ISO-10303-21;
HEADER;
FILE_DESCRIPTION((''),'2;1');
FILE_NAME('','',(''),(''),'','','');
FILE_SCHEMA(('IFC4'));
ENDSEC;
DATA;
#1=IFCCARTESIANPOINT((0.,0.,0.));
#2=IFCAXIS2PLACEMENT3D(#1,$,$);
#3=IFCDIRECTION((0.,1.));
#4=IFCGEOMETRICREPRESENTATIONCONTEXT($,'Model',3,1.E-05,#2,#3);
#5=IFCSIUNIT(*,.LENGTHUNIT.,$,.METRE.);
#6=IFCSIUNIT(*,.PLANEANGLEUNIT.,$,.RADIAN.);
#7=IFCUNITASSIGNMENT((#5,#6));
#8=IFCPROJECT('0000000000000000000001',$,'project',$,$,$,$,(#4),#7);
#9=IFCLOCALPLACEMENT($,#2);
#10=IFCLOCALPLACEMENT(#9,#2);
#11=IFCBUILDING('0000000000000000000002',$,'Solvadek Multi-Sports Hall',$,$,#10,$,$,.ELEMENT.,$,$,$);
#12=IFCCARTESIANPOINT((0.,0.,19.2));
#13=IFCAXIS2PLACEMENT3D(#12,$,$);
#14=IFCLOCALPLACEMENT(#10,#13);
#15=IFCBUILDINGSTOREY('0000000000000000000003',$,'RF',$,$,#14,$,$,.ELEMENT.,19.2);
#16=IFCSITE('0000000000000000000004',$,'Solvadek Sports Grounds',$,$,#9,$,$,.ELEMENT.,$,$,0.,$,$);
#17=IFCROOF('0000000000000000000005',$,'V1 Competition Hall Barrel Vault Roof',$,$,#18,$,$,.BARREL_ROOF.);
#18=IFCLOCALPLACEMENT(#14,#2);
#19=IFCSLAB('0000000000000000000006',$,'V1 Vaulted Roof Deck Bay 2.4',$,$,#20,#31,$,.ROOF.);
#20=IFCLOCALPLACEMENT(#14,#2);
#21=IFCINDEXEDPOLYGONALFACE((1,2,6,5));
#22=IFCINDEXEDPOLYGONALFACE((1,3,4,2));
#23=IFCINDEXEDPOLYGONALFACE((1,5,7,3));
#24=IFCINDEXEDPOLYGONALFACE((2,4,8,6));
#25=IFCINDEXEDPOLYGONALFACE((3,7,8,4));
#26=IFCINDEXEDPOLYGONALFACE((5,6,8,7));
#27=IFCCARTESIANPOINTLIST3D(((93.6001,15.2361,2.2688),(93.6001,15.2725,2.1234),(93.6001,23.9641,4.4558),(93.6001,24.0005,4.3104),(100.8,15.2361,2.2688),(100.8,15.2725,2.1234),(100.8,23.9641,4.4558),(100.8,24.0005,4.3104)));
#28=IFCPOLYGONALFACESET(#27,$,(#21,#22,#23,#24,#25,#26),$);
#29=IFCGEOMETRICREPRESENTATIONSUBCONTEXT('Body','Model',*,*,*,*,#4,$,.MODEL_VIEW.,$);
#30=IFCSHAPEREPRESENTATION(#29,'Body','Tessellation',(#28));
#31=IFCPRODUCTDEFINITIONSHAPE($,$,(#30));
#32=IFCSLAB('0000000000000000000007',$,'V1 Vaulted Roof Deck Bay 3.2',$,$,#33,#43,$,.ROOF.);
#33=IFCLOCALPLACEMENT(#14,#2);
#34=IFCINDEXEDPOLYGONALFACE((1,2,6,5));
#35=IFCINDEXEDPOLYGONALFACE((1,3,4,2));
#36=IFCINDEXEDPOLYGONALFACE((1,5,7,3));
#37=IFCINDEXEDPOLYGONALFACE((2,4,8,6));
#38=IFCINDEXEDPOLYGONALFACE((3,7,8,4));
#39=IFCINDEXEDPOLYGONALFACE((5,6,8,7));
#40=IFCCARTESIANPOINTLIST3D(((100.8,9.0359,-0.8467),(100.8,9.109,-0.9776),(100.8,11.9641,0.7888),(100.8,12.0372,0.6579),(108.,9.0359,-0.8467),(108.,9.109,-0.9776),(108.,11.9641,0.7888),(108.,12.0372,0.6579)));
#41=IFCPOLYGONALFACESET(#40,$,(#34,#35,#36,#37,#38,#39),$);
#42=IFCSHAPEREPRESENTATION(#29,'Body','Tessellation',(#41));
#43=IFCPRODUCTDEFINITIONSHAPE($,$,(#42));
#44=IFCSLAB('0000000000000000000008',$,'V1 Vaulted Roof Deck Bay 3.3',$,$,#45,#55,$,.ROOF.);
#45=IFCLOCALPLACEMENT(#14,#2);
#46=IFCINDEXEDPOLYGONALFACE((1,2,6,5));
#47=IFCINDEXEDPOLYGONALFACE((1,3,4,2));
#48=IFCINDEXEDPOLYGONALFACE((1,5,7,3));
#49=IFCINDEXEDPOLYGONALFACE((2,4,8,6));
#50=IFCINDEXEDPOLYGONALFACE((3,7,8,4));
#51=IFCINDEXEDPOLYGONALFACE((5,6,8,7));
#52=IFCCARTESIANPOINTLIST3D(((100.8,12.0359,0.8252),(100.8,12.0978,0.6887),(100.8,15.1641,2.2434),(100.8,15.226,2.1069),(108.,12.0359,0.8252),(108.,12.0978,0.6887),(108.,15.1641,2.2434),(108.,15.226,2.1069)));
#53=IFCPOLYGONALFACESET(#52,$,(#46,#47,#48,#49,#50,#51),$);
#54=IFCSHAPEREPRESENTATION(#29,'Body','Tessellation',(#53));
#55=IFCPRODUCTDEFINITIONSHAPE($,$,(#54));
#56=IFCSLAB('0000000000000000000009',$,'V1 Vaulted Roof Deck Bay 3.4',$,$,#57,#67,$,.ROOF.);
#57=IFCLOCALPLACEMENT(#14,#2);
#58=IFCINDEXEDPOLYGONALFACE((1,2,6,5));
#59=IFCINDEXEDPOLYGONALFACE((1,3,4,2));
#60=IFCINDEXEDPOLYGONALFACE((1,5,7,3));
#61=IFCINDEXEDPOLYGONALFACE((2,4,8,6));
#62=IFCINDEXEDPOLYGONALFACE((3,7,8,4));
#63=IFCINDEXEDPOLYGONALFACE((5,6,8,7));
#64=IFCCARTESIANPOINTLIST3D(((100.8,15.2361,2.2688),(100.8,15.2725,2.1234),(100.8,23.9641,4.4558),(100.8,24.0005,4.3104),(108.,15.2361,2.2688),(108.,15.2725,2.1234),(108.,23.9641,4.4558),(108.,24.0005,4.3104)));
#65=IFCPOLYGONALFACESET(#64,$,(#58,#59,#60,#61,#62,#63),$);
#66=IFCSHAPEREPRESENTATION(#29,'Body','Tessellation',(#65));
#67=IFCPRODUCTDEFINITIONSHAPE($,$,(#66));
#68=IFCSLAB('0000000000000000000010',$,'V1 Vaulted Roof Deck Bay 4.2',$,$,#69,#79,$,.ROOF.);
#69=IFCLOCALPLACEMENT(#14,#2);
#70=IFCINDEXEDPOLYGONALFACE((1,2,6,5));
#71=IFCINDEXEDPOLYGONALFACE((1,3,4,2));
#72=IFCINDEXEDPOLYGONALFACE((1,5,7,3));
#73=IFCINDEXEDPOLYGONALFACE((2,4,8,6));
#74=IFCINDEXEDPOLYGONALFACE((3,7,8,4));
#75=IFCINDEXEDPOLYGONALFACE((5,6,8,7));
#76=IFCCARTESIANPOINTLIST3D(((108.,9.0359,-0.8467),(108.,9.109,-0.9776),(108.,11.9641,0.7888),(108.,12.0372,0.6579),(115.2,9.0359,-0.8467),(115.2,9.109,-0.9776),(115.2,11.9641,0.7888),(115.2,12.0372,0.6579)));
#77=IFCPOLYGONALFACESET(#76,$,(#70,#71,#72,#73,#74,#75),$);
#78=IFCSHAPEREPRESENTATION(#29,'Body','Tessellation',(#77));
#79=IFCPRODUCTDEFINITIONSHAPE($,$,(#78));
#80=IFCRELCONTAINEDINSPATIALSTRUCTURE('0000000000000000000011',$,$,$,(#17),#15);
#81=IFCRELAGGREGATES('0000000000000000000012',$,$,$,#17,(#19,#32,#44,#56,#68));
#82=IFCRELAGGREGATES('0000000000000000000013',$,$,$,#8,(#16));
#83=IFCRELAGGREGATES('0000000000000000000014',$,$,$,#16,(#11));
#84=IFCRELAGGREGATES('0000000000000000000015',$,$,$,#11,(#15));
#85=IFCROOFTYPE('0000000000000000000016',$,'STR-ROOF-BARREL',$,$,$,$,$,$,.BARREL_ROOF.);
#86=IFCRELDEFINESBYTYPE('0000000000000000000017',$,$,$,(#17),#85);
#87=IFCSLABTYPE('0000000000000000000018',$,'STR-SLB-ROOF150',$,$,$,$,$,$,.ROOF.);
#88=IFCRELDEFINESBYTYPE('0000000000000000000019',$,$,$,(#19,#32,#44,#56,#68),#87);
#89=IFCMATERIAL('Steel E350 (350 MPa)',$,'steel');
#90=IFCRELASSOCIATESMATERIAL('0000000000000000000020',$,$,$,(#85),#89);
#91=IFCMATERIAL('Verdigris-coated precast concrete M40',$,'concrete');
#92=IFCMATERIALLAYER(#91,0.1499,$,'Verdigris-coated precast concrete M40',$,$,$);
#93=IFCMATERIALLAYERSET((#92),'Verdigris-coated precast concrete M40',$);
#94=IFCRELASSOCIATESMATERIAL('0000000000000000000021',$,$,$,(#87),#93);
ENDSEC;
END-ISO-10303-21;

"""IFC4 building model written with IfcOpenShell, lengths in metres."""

from ifc_helpers import new_model, si_unit, direction, frame, origin, place, context, subcontext, project, spatial, polyline, outline, extrude, material, layer, layer_set, type_object, element, aggregate, save


model = new_model("IFC4")

# Units and contexts
model_context = context("Model", 3, precision=1e-05, world=origin(), true_north=direction((0.0, 1.0)))
body_context = subcontext(model_context, "Body", "Model", "MODEL_VIEW")
ifc_project = project(units=[si_unit("LENGTHUNIT", "METRE"), si_unit("PLANEANGLEUNIT", "RADIAN")], contexts=[model_context])

# Site, building, storey
site_placement = place(None, origin())
site = spatial("IfcSite", under=ifc_project, at=site_placement, Name="Solvadek Sports Grounds", CompositionType="ELEMENT", RefElevation=0.0)
building_placement = place(site_placement, origin())
building = spatial("IfcBuilding", under=site, at=building_placement, Name="Solvadek Multi-Sports Hall", CompositionType="ELEMENT")
storey_placement = place(building_placement, frame((0.0, 0.0, 19.2)))
storey = spatial("IfcBuildingStorey", under=building, at=storey_placement, Name="RF", CompositionType="ELEMENT", Elevation=19.2)

# Shared definitions
ifc_material_1 = material(Name="Steel E350 (350 MPa)", Category="steel")

# Roof, slabs
roof_type = type_object("IfcRoofType", Name="STR-ROOF-BARREL", PredefinedType="BARREL_ROOF", material=ifc_material_1)
roof_placement = place(storey_placement, origin())
roof = element("IfcRoof", 1, at=roof_placement, inside=storey, type_object=roof_type, Name="V1 Competition Hall Barrel Vault Roof", PredefinedType="BARREL_ROOF")
ifc_material_2 = material(Name="Verdigris-coated precast concrete M40", Category="concrete")
ifc_layer_1 = layer(ifc_material_2, 0.1499, Name="Verdigris-coated precast concrete M40")
ifc_layer_set_1 = layer_set([ifc_layer_1], Name="Verdigris-coated precast concrete M40")
slab_type = type_object("IfcSlabType", Name="STR-SLB-ROOF150", PredefinedType="ROOF", material=ifc_layer_set_1)
slab_1_placement = place(storey_placement, frame((93.6001, 15.2361, 2.2688), z_axis=(0.0, -0.243059, 0.970011), x_axis=(1.0, 0.0, 0.0)))
slab_1 = element("IfcSlab", 2, at=slab_1_placement, type_object=slab_type, Name="V1 Vaulted Roof Deck Bay 2.4", PredefinedType="ROOF", context=body_context, shape_type="SweptSolid", body=[
    extrude(outline(polyline([(0.0, 0.0), (7.2, 0.0), (7.2, 8.9979), (0.0, 8.9979), (0.0, 0.0)])), origin(), (0.0, 0.0, -1.0), 0.1499),
])
slab_2_placement = place(storey_placement, frame((100.8, 9.0359, -0.8467), z_axis=(0.0, -0.487626, 0.873053), x_axis=(1.0, 0.0, 0.0)))
slab_2 = element("IfcSlab", 3, at=slab_2_placement, type_object=slab_type, Name="V1 Vaulted Roof Deck Bay 3.2", PredefinedType="ROOF", context=body_context, shape_type="SweptSolid", body=[
    extrude(outline(polyline([(0.0, 0.0), (7.2, 0.0), (7.2, 3.354), (0.0, 3.354), (0.0, 0.0)])), origin(), (0.0, 0.0, -1.0), 0.1499),
])
slab_3_placement = place(storey_placement, frame((100.8, 12.0359, 0.8252), z_axis=(0.0, -0.412914, 0.91077), x_axis=(1.0, 0.0, 0.0)))
slab_3 = element("IfcSlab", 4, at=slab_3_placement, type_object=slab_type, Name="V1 Vaulted Roof Deck Bay 3.3", PredefinedType="ROOF", context=body_context, shape_type="SweptSolid", body=[
    extrude(outline(polyline([(0.0, 0.0), (7.2, 0.0), (7.2, 3.4346), (0.0, 3.4346), (0.0, 0.0)])), origin(), (0.0, 0.0, -1.0), 0.1499),
])
slab_4_placement = place(storey_placement, frame((100.8, 15.2361, 2.2688), z_axis=(0.0, -0.243059, 0.970011), x_axis=(1.0, 0.0, 0.0)))
slab_4 = element("IfcSlab", 5, at=slab_4_placement, type_object=slab_type, Name="V1 Vaulted Roof Deck Bay 3.4", PredefinedType="ROOF", context=body_context, shape_type="SweptSolid", body=[
    extrude(outline(polyline([(0.0, 0.0), (7.2, 0.0), (7.2, 8.9979), (0.0, 8.9979), (0.0, 0.0)])), origin(), (0.0, 0.0, -1.0), 0.1499),
])
slab_5_placement = place(storey_placement, frame((108.0, 9.0359, -0.8467), z_axis=(0.0, -0.487626, 0.873053), x_axis=(1.0, 0.0, 0.0)))
slab_5 = element("IfcSlab", 6, at=slab_5_placement, type_object=slab_type, Name="V1 Vaulted Roof Deck Bay 4.2", PredefinedType="ROOF", context=body_context, shape_type="SweptSolid", body=[
    extrude(outline(polyline([(0.0, 0.0), (7.2, 0.0), (7.2, 3.354), (0.0, 3.354), (0.0, 0.0)])), origin(), (0.0, 0.0, -1.0), 0.1499),
])
aggregate(roof, [slab_1, slab_2, slab_3, slab_4, slab_5])

save(model, "model.ifc")
